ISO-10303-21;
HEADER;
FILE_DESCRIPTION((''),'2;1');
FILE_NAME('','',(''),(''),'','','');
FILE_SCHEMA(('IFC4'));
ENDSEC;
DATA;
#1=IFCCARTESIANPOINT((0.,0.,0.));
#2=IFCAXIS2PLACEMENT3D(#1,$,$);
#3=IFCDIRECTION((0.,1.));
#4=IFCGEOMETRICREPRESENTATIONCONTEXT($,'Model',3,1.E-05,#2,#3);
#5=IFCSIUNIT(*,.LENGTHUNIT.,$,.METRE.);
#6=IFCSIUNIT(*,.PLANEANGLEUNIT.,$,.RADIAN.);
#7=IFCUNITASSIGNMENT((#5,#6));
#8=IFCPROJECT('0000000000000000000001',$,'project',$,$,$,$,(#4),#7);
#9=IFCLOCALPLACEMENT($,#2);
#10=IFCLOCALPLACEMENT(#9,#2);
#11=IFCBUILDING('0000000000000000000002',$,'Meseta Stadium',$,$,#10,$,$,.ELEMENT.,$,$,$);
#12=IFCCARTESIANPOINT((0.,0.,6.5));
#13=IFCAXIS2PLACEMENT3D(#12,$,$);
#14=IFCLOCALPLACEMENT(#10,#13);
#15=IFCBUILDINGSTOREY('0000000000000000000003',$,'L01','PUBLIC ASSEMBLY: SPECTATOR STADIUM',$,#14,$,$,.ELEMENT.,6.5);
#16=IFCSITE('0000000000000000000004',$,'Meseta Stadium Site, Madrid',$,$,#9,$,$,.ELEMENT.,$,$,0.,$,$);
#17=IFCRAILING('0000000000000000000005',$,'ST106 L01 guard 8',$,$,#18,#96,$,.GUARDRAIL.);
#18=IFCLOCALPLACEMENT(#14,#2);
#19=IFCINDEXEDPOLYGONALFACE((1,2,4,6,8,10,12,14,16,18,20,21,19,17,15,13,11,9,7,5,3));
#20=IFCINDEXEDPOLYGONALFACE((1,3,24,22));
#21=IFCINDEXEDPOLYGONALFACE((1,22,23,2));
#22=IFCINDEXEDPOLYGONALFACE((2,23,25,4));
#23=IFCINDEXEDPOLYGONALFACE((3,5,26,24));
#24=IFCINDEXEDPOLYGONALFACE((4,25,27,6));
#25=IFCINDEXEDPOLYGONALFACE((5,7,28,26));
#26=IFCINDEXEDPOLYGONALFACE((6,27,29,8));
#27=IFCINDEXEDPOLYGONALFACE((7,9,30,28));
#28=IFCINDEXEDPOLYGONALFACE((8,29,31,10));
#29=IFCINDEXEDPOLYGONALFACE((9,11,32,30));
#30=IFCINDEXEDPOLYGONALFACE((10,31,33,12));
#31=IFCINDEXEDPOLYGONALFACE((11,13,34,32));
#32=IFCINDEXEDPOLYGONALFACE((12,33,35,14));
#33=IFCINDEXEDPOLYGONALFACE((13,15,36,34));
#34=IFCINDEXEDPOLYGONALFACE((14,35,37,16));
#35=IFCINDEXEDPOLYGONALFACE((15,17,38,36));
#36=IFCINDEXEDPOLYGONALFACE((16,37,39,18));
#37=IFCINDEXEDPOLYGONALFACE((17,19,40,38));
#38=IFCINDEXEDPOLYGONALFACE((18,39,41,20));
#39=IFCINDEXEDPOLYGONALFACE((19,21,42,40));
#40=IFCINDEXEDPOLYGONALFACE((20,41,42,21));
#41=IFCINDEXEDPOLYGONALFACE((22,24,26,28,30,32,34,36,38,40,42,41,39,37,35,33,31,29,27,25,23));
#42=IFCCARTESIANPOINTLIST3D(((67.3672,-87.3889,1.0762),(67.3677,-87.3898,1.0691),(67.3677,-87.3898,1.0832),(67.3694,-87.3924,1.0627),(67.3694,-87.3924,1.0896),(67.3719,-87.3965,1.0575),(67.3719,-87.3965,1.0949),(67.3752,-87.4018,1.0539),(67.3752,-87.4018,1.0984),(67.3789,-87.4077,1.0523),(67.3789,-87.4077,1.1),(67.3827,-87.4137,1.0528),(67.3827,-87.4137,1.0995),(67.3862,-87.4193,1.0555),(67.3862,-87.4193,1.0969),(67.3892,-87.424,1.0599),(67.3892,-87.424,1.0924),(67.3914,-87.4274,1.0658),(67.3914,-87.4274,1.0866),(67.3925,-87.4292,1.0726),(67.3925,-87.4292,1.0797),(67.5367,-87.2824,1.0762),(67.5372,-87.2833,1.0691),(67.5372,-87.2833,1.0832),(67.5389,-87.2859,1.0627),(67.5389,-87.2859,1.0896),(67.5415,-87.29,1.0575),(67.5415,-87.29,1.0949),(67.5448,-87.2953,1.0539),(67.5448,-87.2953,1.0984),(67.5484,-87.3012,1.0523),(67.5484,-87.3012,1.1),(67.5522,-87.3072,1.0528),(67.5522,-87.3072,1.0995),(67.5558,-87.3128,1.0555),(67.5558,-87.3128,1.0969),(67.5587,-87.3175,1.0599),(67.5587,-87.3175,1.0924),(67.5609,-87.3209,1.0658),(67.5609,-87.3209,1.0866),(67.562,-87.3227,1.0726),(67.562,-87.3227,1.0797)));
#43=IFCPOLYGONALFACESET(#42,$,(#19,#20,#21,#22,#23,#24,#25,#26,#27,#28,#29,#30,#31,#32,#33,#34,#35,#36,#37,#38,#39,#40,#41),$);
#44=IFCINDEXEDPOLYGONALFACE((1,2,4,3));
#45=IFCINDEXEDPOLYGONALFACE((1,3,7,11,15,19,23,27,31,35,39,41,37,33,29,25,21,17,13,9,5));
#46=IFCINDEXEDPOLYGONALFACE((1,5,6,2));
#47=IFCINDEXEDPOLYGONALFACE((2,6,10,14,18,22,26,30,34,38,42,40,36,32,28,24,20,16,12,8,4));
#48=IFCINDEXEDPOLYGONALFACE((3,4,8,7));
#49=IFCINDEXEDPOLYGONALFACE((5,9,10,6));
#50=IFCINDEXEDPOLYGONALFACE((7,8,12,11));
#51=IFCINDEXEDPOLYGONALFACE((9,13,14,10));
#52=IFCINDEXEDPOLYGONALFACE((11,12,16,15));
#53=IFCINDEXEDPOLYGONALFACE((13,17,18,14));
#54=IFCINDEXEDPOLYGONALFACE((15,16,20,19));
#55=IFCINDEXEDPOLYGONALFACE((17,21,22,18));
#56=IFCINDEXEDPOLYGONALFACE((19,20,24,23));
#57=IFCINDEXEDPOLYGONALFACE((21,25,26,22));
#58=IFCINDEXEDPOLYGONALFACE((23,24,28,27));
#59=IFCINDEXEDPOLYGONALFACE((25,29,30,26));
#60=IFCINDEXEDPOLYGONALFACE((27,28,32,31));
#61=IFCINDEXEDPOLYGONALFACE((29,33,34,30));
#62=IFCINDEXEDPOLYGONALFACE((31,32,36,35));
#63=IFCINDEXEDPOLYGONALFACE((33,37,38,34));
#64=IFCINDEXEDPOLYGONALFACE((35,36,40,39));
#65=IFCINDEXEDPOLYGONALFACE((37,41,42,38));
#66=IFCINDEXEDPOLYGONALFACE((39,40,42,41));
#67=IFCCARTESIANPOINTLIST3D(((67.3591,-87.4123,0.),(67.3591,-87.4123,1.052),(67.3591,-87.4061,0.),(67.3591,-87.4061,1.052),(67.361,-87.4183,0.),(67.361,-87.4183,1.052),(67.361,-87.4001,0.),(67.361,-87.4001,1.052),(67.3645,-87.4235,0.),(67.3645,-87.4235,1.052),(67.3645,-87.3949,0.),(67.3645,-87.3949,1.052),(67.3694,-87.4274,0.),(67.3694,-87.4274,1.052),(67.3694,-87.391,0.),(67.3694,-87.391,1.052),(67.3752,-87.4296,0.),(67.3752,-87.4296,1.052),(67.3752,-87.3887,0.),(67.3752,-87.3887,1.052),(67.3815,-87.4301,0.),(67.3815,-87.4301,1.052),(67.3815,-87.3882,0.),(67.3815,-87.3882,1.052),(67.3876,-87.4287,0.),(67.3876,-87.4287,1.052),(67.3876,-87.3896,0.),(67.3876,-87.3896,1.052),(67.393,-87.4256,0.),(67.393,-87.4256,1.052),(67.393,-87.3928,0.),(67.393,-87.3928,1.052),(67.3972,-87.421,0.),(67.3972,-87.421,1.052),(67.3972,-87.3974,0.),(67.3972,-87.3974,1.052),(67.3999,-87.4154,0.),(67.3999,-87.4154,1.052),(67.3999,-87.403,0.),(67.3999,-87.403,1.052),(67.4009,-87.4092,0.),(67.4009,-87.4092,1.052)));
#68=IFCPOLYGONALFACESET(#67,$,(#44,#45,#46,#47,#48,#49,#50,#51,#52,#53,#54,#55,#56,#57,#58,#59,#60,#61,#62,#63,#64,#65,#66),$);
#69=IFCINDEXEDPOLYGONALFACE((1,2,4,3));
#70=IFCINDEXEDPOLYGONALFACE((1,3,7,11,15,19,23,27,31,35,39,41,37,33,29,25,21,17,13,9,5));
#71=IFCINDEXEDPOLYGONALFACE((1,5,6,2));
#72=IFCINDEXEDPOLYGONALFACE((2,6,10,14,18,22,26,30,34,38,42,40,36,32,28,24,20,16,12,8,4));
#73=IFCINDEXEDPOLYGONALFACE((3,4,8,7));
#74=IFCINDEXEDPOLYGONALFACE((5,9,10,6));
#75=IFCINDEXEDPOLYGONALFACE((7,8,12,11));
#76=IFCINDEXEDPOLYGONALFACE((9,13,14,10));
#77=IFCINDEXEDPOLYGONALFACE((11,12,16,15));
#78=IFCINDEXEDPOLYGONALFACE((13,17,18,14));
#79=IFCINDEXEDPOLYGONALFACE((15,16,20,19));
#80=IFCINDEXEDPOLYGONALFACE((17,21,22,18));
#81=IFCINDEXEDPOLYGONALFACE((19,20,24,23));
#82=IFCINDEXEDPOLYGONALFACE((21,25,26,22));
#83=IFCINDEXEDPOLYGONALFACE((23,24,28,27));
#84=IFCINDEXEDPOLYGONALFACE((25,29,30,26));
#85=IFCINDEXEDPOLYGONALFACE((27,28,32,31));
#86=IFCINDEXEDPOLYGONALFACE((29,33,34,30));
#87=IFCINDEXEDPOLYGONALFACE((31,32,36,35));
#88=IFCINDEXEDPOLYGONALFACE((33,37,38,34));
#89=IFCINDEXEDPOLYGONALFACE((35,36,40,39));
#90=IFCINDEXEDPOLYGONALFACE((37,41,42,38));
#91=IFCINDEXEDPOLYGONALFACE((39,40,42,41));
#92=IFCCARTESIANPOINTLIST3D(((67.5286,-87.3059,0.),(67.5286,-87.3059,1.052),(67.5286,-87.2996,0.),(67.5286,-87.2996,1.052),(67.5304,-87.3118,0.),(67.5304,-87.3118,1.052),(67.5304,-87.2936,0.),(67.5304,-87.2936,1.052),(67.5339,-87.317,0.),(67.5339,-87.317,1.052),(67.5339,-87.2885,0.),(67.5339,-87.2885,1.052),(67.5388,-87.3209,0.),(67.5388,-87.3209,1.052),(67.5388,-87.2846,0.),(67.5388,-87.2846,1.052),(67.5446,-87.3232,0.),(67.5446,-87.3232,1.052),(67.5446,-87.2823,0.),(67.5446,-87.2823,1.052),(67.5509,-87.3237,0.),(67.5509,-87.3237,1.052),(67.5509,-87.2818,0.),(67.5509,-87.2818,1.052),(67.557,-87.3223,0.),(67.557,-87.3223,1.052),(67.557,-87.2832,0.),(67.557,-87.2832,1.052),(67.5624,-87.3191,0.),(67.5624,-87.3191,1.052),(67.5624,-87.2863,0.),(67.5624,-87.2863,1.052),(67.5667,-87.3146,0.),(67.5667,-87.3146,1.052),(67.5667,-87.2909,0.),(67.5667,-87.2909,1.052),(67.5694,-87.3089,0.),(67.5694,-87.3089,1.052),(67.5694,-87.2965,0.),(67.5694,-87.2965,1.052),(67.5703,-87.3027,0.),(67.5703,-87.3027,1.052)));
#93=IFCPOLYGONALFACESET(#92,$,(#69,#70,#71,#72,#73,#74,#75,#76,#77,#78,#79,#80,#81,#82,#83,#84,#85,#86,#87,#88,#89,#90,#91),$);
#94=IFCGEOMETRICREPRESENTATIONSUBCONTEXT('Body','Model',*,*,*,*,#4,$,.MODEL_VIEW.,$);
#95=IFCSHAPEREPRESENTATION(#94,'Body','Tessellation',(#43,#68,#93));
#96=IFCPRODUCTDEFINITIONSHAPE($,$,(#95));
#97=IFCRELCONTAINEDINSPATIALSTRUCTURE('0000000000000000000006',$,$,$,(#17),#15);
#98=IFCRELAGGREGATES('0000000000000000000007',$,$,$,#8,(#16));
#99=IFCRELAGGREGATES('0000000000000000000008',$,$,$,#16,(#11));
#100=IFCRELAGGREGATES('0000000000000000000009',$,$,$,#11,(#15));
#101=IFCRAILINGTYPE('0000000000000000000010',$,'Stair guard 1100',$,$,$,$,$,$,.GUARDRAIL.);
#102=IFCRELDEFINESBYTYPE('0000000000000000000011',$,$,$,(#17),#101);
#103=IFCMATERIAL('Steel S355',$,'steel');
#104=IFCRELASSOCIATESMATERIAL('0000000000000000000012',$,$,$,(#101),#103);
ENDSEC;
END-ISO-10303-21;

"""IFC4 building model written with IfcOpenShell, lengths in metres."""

from ifc_helpers import new_model, si_unit, direction, frame, origin, origin_2d, place, context, subcontext, project, spatial, circle, extrude, material, type_object, element, save


model = new_model("IFC4")

# Units and contexts
model_context = context("Model", 3, precision=1e-05, world=origin(), true_north=direction((0.0, 1.0)))
body_context = subcontext(model_context, "Body", "Model", "MODEL_VIEW")
ifc_project = project(units=[si_unit("LENGTHUNIT", "METRE"), si_unit("PLANEANGLEUNIT", "RADIAN")], contexts=[model_context])

# Site, building, storey
site_placement = place(None, origin())
site = spatial("IfcSite", under=ifc_project, at=site_placement, Name="Meseta Stadium Site, Madrid", CompositionType="ELEMENT", RefElevation=0.0)
building_placement = place(site_placement, origin())
building = spatial("IfcBuilding", under=site, at=building_placement, Name="Meseta Stadium", CompositionType="ELEMENT")
storey_placement = place(building_placement, frame((0.0, 0.0, 6.5)))
storey = spatial("IfcBuildingStorey", under=building, at=storey_placement, Name="L01", Description="PUBLIC ASSEMBLY: SPECTATOR STADIUM", CompositionType="ELEMENT", Elevation=6.5)

# Railing
ifc_material_1 = material(Name="Steel S355", Category="steel")
railing_type_1 = type_object("IfcRailingType", Name="Stair guard 1100", PredefinedType="GUARDRAIL", material=ifc_material_1)
railing_1_placement = place(storey_placement, frame((67.3799, -87.4092, 0.0)))
element("IfcRailing", 1, at=railing_1_placement, inside=storey, type_object=railing_type_1, Name="ST106 L01 guard 8", PredefinedType="GUARDRAIL", context=body_context, shape_type="SweptSolid", body=[
    extrude(circle(Radius=0.0239, at=origin_2d()), frame((0.0, 0.0, 1.0762), z_axis=(0.846762, 0.531972, 0.0), x_axis=(-0.531972, 0.846762, 0.0)), (0.0, 0.0, 1.0), 0.2002),
    extrude(circle(Radius=0.021, at=origin_2d()), origin(), (0.0, 0.0, 1.0), 1.052),
    extrude(circle(Radius=0.021, at=origin_2d()), frame((0.1694, 0.1064, 0.0)), (0.0, 0.0, 1.0), 1.052),
])

save(model, "model.ifc")
